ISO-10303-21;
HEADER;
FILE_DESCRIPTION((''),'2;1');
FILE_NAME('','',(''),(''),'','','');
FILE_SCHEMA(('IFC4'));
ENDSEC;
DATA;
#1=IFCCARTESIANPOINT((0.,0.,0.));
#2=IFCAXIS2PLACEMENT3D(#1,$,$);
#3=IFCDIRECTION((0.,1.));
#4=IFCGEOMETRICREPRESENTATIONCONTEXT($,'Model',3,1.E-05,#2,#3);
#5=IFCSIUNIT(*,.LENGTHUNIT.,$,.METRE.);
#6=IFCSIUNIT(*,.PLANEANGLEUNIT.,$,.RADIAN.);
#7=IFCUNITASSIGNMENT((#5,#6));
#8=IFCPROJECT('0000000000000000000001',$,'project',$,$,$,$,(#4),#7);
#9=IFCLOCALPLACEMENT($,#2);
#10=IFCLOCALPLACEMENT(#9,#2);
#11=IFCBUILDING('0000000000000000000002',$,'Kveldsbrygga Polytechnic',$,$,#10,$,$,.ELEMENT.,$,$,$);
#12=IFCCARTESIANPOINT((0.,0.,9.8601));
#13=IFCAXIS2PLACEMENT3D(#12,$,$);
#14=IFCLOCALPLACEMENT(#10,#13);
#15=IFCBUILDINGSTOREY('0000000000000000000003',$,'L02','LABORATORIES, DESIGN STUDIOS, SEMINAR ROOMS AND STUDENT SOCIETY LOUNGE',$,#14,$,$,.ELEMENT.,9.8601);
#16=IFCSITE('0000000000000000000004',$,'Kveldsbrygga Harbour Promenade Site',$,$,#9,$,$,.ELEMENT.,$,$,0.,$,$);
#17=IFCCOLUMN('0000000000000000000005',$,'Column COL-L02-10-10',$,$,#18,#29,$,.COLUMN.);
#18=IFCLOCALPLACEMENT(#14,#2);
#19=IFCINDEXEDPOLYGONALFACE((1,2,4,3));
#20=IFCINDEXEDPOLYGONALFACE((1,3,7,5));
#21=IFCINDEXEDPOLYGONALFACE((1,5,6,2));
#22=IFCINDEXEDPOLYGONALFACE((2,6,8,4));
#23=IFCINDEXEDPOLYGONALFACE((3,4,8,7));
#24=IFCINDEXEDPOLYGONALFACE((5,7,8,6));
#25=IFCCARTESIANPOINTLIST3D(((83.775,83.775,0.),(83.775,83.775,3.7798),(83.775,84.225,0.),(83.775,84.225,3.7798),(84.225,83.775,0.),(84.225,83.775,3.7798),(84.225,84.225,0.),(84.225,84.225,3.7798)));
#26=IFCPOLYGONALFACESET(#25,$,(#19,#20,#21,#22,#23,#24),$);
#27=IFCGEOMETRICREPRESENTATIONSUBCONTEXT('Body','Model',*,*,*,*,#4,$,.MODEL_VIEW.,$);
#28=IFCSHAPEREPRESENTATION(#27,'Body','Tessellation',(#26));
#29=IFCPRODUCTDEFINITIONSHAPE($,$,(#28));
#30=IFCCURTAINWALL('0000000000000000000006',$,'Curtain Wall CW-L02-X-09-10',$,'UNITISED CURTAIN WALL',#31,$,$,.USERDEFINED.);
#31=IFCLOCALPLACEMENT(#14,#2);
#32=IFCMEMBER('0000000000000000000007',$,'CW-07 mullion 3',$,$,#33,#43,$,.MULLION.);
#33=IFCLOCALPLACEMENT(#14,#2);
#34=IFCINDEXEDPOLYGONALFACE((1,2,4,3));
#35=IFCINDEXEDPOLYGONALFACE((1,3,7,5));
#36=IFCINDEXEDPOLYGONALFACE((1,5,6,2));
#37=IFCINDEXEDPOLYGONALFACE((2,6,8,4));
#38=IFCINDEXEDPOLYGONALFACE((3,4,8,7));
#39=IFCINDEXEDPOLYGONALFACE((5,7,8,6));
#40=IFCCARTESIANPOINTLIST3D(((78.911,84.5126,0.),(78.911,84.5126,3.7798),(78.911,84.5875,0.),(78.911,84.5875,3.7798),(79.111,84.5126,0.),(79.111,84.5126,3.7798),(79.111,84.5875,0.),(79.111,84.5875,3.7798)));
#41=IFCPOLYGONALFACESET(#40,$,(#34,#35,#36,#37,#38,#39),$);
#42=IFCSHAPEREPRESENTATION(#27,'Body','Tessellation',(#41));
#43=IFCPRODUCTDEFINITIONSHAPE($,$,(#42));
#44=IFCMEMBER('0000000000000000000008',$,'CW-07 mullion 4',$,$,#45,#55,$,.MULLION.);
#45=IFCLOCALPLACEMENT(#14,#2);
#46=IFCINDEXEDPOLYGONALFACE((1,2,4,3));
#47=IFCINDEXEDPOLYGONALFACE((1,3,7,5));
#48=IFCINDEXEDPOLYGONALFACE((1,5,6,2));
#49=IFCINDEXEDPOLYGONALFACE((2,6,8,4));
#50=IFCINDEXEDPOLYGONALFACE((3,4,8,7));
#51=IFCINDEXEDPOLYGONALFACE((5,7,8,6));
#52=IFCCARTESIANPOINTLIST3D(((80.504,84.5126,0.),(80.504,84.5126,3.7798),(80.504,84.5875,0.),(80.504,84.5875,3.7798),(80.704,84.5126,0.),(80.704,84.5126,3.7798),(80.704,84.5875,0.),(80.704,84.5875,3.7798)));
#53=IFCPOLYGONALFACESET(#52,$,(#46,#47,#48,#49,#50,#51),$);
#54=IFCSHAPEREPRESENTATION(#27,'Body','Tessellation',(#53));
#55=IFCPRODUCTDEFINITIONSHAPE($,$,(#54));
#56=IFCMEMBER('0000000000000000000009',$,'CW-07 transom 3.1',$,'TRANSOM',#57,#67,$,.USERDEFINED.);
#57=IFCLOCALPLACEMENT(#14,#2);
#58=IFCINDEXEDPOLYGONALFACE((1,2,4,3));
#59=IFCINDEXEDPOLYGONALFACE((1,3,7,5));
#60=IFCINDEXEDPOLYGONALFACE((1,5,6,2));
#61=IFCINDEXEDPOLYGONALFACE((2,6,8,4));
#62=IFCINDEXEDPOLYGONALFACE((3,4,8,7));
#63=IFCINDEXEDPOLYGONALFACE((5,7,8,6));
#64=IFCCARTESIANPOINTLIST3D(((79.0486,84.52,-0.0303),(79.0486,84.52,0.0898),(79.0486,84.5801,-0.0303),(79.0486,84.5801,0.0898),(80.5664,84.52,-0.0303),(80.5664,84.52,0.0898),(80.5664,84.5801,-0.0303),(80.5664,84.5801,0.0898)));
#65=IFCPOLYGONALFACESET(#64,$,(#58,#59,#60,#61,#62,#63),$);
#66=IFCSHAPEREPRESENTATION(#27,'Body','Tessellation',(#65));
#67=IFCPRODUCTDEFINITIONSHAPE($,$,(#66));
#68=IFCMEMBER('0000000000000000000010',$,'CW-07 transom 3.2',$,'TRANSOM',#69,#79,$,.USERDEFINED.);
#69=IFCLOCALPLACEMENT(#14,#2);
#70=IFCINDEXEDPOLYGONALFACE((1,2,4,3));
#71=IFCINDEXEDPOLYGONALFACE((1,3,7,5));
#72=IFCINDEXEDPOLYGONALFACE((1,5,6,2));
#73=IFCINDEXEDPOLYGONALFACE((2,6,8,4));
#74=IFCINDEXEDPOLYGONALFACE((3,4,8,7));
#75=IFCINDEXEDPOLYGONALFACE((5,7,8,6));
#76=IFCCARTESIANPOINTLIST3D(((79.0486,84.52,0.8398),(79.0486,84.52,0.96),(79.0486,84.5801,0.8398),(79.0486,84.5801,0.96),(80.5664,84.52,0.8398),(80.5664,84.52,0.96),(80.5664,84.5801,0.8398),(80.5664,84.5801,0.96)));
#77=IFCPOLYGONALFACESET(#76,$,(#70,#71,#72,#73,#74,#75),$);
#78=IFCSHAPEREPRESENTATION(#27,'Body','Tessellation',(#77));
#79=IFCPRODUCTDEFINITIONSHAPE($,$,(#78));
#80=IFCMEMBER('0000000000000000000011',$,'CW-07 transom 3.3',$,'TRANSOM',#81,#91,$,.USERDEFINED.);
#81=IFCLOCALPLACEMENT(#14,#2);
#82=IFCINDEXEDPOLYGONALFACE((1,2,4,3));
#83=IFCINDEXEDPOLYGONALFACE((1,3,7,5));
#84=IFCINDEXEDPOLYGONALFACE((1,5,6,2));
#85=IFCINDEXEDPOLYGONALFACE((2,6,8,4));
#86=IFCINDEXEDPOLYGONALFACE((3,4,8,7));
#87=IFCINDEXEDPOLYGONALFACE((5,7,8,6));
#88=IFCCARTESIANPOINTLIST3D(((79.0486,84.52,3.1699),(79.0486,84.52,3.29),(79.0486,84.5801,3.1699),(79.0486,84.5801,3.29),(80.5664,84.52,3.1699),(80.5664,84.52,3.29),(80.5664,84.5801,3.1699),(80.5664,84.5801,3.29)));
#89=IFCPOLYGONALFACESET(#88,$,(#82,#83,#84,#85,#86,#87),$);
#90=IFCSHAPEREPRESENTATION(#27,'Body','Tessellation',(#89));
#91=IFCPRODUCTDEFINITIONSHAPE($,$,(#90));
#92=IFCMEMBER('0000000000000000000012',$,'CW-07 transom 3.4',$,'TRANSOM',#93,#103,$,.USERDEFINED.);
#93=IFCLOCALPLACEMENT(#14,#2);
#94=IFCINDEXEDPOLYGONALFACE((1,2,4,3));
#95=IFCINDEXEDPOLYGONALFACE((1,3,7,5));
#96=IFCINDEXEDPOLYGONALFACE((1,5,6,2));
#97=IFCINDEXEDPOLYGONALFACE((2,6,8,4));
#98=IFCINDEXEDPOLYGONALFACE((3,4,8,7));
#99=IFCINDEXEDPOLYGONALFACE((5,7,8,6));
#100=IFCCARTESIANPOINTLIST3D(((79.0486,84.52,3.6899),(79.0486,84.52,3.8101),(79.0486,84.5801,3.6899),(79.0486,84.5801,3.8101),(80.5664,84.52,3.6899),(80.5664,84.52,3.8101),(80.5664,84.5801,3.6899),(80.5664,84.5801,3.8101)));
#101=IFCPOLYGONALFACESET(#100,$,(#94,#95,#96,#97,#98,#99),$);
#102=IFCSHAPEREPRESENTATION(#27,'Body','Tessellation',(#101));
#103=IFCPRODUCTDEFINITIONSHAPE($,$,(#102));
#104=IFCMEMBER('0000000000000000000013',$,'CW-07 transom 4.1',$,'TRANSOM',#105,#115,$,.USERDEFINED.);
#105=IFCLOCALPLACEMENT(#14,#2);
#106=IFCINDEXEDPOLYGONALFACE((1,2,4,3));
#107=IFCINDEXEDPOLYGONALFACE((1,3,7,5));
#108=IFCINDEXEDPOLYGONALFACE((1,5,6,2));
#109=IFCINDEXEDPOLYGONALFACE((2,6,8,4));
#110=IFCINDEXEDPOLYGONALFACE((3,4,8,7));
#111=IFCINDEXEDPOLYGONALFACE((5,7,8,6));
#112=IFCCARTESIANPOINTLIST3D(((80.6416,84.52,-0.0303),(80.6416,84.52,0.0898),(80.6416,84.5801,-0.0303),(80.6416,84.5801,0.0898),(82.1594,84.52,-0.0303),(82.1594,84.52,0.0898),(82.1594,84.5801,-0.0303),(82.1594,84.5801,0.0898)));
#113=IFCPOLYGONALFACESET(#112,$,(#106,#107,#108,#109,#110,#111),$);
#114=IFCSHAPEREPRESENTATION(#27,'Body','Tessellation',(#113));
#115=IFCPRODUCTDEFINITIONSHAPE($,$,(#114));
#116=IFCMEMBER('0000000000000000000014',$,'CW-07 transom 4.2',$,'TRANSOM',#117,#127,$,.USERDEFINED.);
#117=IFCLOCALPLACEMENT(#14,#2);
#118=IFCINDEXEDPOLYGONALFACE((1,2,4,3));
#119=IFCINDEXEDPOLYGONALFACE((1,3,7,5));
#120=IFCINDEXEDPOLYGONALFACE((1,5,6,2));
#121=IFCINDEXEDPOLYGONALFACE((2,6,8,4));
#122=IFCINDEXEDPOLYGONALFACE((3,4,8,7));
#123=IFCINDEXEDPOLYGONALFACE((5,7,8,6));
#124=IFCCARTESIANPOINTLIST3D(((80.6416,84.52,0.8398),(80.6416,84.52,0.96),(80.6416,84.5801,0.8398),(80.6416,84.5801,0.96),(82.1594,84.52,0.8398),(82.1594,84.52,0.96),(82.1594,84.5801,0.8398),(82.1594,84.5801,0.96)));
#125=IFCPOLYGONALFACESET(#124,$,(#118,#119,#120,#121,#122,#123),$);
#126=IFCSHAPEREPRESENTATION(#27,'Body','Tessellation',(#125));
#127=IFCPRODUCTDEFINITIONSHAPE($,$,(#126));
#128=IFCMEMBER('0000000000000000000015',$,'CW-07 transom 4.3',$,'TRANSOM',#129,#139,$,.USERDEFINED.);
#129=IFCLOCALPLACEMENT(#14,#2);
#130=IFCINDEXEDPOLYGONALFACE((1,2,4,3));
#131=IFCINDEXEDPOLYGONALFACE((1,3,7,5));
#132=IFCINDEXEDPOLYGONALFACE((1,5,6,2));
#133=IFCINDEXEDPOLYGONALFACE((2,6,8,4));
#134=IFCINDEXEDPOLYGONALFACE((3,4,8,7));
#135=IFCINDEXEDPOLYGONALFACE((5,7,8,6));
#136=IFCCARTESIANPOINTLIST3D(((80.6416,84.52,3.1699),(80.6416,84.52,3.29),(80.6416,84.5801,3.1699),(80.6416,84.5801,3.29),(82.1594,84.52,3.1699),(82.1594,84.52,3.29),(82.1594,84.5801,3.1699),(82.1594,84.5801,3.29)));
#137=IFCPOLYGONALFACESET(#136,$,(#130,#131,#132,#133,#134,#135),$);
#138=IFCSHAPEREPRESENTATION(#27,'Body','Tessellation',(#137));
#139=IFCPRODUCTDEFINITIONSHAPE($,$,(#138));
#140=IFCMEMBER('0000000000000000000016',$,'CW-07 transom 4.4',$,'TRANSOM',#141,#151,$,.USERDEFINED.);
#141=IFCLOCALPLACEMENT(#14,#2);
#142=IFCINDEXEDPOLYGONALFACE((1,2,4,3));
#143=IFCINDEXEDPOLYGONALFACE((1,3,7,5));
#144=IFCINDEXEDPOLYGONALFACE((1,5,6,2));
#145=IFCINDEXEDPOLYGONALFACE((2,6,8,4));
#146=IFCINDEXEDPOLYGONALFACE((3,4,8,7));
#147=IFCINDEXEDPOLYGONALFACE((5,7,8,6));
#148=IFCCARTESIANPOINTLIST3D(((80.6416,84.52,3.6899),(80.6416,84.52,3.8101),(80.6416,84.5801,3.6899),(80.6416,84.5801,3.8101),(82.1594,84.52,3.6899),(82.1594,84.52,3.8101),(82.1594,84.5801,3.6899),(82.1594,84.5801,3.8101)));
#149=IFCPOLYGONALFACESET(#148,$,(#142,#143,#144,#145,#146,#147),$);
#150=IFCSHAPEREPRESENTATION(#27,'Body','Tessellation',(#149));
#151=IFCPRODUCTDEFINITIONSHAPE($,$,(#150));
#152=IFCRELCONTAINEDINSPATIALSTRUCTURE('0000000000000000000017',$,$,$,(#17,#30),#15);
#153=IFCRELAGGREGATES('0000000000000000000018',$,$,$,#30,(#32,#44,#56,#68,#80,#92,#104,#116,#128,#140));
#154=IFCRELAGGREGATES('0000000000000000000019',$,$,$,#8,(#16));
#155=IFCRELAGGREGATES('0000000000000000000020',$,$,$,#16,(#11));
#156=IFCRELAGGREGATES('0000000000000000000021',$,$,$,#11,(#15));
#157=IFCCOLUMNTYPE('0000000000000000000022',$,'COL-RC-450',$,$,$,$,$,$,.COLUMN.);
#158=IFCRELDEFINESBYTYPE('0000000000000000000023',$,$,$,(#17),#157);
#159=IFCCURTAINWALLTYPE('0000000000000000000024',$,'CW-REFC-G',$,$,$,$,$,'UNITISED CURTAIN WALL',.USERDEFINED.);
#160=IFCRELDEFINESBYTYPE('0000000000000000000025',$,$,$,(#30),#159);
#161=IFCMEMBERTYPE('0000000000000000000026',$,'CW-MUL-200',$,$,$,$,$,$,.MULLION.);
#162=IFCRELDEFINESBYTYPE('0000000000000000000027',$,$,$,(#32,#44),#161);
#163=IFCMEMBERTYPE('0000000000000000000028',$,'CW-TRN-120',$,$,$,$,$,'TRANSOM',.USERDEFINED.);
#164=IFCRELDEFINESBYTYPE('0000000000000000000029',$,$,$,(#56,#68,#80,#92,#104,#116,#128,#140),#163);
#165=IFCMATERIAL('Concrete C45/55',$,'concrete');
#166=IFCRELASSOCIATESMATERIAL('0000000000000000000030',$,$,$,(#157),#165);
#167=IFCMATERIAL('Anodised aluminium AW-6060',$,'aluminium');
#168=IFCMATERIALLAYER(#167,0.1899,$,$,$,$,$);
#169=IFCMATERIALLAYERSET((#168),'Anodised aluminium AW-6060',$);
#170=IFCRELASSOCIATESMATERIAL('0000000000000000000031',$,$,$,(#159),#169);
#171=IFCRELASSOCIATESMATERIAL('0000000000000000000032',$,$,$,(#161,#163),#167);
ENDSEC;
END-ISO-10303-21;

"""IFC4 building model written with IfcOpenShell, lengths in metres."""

from ifc_helpers import new_model, si_unit, direction, frame, origin, origin_2d, place, context, subcontext, project, spatial, rectangle, extrude, material, layer, layer_set, material_profile, profile_set, type_object, element, aggregate, save


model = new_model("IFC4")

# Units and contexts
model_context = context("Model", 3, precision=1e-05, world=origin(), true_north=direction((0.0, 1.0)))
body_context = subcontext(model_context, "Body", "Model", "MODEL_VIEW")
ifc_project = project(units=[si_unit("LENGTHUNIT", "METRE"), si_unit("PLANEANGLEUNIT", "RADIAN")], contexts=[model_context])

# Site, building, storey
site_placement = place(None, origin())
site = spatial("IfcSite", under=ifc_project, at=site_placement, Name="Kveldsbrygga Harbour Promenade Site", CompositionType="ELEMENT", RefElevation=0.0)
building_placement = place(site_placement, origin())
building = spatial("IfcBuilding", under=site, at=building_placement, Name="Kveldsbrygga Polytechnic", CompositionType="ELEMENT")
storey_placement = place(building_placement, frame((0.0, 0.0, 9.8601)))
storey = spatial("IfcBuildingStorey", under=building, at=storey_placement, Name="L02", Description="LABORATORIES, DESIGN STUDIOS, SEMINAR ROOMS AND STUDENT SOCIETY LOUNGE", CompositionType="ELEMENT", Elevation=9.8601)

# Column
ifc_material_1 = material(Name="Concrete C45/55", Category="concrete")
ifc_material_profile_1 = material_profile(ifc_material_1, rectangle(XDim=0.45, YDim=0.45, at=origin_2d()), Name="RC 450x450")
ifc_profile_set_1 = profile_set([ifc_material_profile_1], Name="Concrete C45/55")
column_type = type_object("IfcColumnType", Name="COL-RC-450", PredefinedType="COLUMN", material=ifc_profile_set_1)
column_placement = place(storey_placement, frame((84.0, 84.0, 0.0), z_axis=(0.0, 0.0, 1.0), x_axis=(1.0, 0.0, 0.0)))
element("IfcColumn", 1, at=column_placement, inside=storey, type_object=column_type, Name="Column COL-L02-10-10", PredefinedType="COLUMN", context=body_context, shape_type="SweptSolid", body=[
    extrude(rectangle(XDim=0.45, YDim=0.45, at=origin_2d()), origin(), (0.0, 0.0, 1.0), 3.7798),
])

# Curtain wall, members
ifc_material_2 = material(Name="Anodised aluminium AW-6060", Category="aluminium")
ifc_layer_1 = layer(ifc_material_2, 0.1899)
ifc_layer_set_1 = layer_set([ifc_layer_1], Name="Anodised aluminium AW-6060")
curtain_wall_type = type_object("IfcCurtainWallType", Name="CW-REFC-G", ElementType="UNITISED CURTAIN WALL", PredefinedType="USERDEFINED", material=ifc_layer_set_1)
curtain_wall_placement = place(storey_placement, origin())
curtain_wall = element("IfcCurtainWall", 2, at=curtain_wall_placement, inside=storey, type_object=curtain_wall_type, Name="Curtain Wall CW-L02-X-09-10", ObjectType="UNITISED CURTAIN WALL", PredefinedType="USERDEFINED")
ifc_material_profile_2 = material_profile(ifc_material_2, rectangle(XDim=0.075, YDim=0.2, at=origin_2d()), Name="ALU 75x200")
ifc_profile_set_2 = profile_set([ifc_material_profile_2], Name="Anodised aluminium AW-6060")
member_type_1 = type_object("IfcMemberType", Name="CW-MUL-200", PredefinedType="MULLION", material=ifc_profile_set_2)
member_1_placement = place(storey_placement, frame((79.011, 84.55, 0.0), z_axis=(0.0, 0.0, 1.0), x_axis=(0.0, 1.0, 0.0)))
member_1 = element("IfcMember", 3, at=member_1_placement, type_object=member_type_1, Name="CW-07 mullion 3", PredefinedType="MULLION", context=body_context, shape_type="SweptSolid", body=[
    extrude(rectangle(XDim=0.075, YDim=0.2, at=origin_2d()), origin(), (0.0, 0.0, 1.0), 3.7798),
])
member_2_placement = place(storey_placement, frame((80.604, 84.55, 0.0), z_axis=(0.0, 0.0, 1.0), x_axis=(0.0, 1.0, 0.0)))
member_2 = element("IfcMember", 4, at=member_2_placement, type_object=member_type_1, Name="CW-07 mullion 4", PredefinedType="MULLION", context=body_context, shape_type="SweptSolid", body=[
    extrude(rectangle(XDim=0.075, YDim=0.2, at=origin_2d()), origin(), (0.0, 0.0, 1.0), 3.7798),
])
ifc_material_profile_3 = material_profile(ifc_material_2, rectangle(XDim=0.0601, YDim=0.1201, at=origin_2d()), Name="ALU 60x120")
ifc_profile_set_3 = profile_set([ifc_material_profile_3], Name="Anodised aluminium AW-6060")
member_type_2 = type_object("IfcMemberType", Name="CW-TRN-120", ElementType="TRANSOM", PredefinedType="USERDEFINED", material=ifc_profile_set_3)
member_3_placement = place(storey_placement, frame((79.0486, 84.55, 0.0298), z_axis=(1.0, 0.0, 0.0), x_axis=(0.0, 1.0, 0.0)))
member_3 = element("IfcMember", 5, at=member_3_placement, type_object=member_type_2, Name="CW-07 transom 3.1", ObjectType="TRANSOM", PredefinedType="USERDEFINED", context=body_context, shape_type="SweptSolid", body=[
    extrude(rectangle(XDim=0.0601, YDim=0.1201, at=origin_2d()), origin(), (0.0, 0.0, 1.0), 1.5178),
])
member_4_placement = place(storey_placement, frame((79.0486, 84.55, 0.8999), z_axis=(1.0, 0.0, 0.0), x_axis=(0.0, 1.0, 0.0)))
member_4 = element("IfcMember", 6, at=member_4_placement, type_object=member_type_2, Name="CW-07 transom 3.2", ObjectType="TRANSOM", PredefinedType="USERDEFINED", context=body_context, shape_type="SweptSolid", body=[
    extrude(rectangle(XDim=0.0601, YDim=0.1201, at=origin_2d()), origin(), (0.0, 0.0, 1.0), 1.5178),
])
member_5_placement = place(storey_placement, frame((79.0486, 84.55, 3.23), z_axis=(1.0, 0.0, 0.0), x_axis=(0.0, 1.0, 0.0)))
member_5 = element("IfcMember", 7, at=member_5_placement, type_object=member_type_2, Name="CW-07 transom 3.3", ObjectType="TRANSOM", PredefinedType="USERDEFINED", context=body_context, shape_type="SweptSolid", body=[
    extrude(rectangle(XDim=0.0601, YDim=0.1201, at=origin_2d()), origin(), (0.0, 0.0, 1.0), 1.5178),
])
member_6_placement = place(storey_placement, frame((79.0486, 84.55, 3.75), z_axis=(1.0, 0.0, 0.0), x_axis=(0.0, 1.0, 0.0)))
member_6 = element("IfcMember", 8, at=member_6_placement, type_object=member_type_2, Name="CW-07 transom 3.4", ObjectType="TRANSOM", PredefinedType="USERDEFINED", context=body_context, shape_type="SweptSolid", body=[
    extrude(rectangle(XDim=0.0601, YDim=0.1201, at=origin_2d()), origin(), (0.0, 0.0, 1.0), 1.5178),
])
member_7_placement = place(storey_placement, frame((80.6416, 84.55, 0.0298), z_axis=(1.0, 0.0, 0.0), x_axis=(0.0, 1.0, 0.0)))
member_7 = element("IfcMember", 9, at=member_7_placement, type_object=member_type_2, Name="CW-07 transom 4.1", ObjectType="TRANSOM", PredefinedType="USERDEFINED", context=body_context, shape_type="SweptSolid", body=[
    extrude(rectangle(XDim=0.0601, YDim=0.1201, at=origin_2d()), origin(), (0.0, 0.0, 1.0), 1.5178),
])
member_8_placement = place(storey_placement, frame((80.6416, 84.55, 0.8999), z_axis=(1.0, 0.0, 0.0), x_axis=(0.0, 1.0, 0.0)))
member_8 = element("IfcMember", 10, at=member_8_placement, type_object=member_type_2, Name="CW-07 transom 4.2", ObjectType="TRANSOM", PredefinedType="USERDEFINED", context=body_context, shape_type="SweptSolid", body=[
    extrude(rectangle(XDim=0.0601, YDim=0.1201, at=origin_2d()), origin(), (0.0, 0.0, 1.0), 1.5178),
])
member_9_placement = place(storey_placement, frame((80.6416, 84.55, 3.23), z_axis=(1.0, 0.0, 0.0), x_axis=(0.0, 1.0, 0.0)))
member_9 = element("IfcMember", 11, at=member_9_placement, type_object=member_type_2, Name="CW-07 transom 4.3", ObjectType="TRANSOM", PredefinedType="USERDEFINED", context=body_context, shape_type="SweptSolid", body=[
    extrude(rectangle(XDim=0.0601, YDim=0.1201, at=origin_2d()), origin(), (0.0, 0.0, 1.0), 1.5178),
])
member_10_placement = place(storey_placement, frame((80.6416, 84.55, 3.75), z_axis=(1.0, 0.0, 0.0), x_axis=(0.0, 1.0, 0.0)))
member_10 = element("IfcMember", 12, at=member_10_placement, type_object=member_type_2, Name="CW-07 transom 4.4", ObjectType="TRANSOM", PredefinedType="USERDEFINED", context=body_context, shape_type="SweptSolid", body=[
    extrude(rectangle(XDim=0.0601, YDim=0.1201, at=origin_2d()), origin(), (0.0, 0.0, 1.0), 1.5178),
])

aggregate(curtain_wall, [member_1, member_2, member_3, member_4, member_5, member_6, member_7, member_8, member_9, member_10])

save(model, "model.ifc")
